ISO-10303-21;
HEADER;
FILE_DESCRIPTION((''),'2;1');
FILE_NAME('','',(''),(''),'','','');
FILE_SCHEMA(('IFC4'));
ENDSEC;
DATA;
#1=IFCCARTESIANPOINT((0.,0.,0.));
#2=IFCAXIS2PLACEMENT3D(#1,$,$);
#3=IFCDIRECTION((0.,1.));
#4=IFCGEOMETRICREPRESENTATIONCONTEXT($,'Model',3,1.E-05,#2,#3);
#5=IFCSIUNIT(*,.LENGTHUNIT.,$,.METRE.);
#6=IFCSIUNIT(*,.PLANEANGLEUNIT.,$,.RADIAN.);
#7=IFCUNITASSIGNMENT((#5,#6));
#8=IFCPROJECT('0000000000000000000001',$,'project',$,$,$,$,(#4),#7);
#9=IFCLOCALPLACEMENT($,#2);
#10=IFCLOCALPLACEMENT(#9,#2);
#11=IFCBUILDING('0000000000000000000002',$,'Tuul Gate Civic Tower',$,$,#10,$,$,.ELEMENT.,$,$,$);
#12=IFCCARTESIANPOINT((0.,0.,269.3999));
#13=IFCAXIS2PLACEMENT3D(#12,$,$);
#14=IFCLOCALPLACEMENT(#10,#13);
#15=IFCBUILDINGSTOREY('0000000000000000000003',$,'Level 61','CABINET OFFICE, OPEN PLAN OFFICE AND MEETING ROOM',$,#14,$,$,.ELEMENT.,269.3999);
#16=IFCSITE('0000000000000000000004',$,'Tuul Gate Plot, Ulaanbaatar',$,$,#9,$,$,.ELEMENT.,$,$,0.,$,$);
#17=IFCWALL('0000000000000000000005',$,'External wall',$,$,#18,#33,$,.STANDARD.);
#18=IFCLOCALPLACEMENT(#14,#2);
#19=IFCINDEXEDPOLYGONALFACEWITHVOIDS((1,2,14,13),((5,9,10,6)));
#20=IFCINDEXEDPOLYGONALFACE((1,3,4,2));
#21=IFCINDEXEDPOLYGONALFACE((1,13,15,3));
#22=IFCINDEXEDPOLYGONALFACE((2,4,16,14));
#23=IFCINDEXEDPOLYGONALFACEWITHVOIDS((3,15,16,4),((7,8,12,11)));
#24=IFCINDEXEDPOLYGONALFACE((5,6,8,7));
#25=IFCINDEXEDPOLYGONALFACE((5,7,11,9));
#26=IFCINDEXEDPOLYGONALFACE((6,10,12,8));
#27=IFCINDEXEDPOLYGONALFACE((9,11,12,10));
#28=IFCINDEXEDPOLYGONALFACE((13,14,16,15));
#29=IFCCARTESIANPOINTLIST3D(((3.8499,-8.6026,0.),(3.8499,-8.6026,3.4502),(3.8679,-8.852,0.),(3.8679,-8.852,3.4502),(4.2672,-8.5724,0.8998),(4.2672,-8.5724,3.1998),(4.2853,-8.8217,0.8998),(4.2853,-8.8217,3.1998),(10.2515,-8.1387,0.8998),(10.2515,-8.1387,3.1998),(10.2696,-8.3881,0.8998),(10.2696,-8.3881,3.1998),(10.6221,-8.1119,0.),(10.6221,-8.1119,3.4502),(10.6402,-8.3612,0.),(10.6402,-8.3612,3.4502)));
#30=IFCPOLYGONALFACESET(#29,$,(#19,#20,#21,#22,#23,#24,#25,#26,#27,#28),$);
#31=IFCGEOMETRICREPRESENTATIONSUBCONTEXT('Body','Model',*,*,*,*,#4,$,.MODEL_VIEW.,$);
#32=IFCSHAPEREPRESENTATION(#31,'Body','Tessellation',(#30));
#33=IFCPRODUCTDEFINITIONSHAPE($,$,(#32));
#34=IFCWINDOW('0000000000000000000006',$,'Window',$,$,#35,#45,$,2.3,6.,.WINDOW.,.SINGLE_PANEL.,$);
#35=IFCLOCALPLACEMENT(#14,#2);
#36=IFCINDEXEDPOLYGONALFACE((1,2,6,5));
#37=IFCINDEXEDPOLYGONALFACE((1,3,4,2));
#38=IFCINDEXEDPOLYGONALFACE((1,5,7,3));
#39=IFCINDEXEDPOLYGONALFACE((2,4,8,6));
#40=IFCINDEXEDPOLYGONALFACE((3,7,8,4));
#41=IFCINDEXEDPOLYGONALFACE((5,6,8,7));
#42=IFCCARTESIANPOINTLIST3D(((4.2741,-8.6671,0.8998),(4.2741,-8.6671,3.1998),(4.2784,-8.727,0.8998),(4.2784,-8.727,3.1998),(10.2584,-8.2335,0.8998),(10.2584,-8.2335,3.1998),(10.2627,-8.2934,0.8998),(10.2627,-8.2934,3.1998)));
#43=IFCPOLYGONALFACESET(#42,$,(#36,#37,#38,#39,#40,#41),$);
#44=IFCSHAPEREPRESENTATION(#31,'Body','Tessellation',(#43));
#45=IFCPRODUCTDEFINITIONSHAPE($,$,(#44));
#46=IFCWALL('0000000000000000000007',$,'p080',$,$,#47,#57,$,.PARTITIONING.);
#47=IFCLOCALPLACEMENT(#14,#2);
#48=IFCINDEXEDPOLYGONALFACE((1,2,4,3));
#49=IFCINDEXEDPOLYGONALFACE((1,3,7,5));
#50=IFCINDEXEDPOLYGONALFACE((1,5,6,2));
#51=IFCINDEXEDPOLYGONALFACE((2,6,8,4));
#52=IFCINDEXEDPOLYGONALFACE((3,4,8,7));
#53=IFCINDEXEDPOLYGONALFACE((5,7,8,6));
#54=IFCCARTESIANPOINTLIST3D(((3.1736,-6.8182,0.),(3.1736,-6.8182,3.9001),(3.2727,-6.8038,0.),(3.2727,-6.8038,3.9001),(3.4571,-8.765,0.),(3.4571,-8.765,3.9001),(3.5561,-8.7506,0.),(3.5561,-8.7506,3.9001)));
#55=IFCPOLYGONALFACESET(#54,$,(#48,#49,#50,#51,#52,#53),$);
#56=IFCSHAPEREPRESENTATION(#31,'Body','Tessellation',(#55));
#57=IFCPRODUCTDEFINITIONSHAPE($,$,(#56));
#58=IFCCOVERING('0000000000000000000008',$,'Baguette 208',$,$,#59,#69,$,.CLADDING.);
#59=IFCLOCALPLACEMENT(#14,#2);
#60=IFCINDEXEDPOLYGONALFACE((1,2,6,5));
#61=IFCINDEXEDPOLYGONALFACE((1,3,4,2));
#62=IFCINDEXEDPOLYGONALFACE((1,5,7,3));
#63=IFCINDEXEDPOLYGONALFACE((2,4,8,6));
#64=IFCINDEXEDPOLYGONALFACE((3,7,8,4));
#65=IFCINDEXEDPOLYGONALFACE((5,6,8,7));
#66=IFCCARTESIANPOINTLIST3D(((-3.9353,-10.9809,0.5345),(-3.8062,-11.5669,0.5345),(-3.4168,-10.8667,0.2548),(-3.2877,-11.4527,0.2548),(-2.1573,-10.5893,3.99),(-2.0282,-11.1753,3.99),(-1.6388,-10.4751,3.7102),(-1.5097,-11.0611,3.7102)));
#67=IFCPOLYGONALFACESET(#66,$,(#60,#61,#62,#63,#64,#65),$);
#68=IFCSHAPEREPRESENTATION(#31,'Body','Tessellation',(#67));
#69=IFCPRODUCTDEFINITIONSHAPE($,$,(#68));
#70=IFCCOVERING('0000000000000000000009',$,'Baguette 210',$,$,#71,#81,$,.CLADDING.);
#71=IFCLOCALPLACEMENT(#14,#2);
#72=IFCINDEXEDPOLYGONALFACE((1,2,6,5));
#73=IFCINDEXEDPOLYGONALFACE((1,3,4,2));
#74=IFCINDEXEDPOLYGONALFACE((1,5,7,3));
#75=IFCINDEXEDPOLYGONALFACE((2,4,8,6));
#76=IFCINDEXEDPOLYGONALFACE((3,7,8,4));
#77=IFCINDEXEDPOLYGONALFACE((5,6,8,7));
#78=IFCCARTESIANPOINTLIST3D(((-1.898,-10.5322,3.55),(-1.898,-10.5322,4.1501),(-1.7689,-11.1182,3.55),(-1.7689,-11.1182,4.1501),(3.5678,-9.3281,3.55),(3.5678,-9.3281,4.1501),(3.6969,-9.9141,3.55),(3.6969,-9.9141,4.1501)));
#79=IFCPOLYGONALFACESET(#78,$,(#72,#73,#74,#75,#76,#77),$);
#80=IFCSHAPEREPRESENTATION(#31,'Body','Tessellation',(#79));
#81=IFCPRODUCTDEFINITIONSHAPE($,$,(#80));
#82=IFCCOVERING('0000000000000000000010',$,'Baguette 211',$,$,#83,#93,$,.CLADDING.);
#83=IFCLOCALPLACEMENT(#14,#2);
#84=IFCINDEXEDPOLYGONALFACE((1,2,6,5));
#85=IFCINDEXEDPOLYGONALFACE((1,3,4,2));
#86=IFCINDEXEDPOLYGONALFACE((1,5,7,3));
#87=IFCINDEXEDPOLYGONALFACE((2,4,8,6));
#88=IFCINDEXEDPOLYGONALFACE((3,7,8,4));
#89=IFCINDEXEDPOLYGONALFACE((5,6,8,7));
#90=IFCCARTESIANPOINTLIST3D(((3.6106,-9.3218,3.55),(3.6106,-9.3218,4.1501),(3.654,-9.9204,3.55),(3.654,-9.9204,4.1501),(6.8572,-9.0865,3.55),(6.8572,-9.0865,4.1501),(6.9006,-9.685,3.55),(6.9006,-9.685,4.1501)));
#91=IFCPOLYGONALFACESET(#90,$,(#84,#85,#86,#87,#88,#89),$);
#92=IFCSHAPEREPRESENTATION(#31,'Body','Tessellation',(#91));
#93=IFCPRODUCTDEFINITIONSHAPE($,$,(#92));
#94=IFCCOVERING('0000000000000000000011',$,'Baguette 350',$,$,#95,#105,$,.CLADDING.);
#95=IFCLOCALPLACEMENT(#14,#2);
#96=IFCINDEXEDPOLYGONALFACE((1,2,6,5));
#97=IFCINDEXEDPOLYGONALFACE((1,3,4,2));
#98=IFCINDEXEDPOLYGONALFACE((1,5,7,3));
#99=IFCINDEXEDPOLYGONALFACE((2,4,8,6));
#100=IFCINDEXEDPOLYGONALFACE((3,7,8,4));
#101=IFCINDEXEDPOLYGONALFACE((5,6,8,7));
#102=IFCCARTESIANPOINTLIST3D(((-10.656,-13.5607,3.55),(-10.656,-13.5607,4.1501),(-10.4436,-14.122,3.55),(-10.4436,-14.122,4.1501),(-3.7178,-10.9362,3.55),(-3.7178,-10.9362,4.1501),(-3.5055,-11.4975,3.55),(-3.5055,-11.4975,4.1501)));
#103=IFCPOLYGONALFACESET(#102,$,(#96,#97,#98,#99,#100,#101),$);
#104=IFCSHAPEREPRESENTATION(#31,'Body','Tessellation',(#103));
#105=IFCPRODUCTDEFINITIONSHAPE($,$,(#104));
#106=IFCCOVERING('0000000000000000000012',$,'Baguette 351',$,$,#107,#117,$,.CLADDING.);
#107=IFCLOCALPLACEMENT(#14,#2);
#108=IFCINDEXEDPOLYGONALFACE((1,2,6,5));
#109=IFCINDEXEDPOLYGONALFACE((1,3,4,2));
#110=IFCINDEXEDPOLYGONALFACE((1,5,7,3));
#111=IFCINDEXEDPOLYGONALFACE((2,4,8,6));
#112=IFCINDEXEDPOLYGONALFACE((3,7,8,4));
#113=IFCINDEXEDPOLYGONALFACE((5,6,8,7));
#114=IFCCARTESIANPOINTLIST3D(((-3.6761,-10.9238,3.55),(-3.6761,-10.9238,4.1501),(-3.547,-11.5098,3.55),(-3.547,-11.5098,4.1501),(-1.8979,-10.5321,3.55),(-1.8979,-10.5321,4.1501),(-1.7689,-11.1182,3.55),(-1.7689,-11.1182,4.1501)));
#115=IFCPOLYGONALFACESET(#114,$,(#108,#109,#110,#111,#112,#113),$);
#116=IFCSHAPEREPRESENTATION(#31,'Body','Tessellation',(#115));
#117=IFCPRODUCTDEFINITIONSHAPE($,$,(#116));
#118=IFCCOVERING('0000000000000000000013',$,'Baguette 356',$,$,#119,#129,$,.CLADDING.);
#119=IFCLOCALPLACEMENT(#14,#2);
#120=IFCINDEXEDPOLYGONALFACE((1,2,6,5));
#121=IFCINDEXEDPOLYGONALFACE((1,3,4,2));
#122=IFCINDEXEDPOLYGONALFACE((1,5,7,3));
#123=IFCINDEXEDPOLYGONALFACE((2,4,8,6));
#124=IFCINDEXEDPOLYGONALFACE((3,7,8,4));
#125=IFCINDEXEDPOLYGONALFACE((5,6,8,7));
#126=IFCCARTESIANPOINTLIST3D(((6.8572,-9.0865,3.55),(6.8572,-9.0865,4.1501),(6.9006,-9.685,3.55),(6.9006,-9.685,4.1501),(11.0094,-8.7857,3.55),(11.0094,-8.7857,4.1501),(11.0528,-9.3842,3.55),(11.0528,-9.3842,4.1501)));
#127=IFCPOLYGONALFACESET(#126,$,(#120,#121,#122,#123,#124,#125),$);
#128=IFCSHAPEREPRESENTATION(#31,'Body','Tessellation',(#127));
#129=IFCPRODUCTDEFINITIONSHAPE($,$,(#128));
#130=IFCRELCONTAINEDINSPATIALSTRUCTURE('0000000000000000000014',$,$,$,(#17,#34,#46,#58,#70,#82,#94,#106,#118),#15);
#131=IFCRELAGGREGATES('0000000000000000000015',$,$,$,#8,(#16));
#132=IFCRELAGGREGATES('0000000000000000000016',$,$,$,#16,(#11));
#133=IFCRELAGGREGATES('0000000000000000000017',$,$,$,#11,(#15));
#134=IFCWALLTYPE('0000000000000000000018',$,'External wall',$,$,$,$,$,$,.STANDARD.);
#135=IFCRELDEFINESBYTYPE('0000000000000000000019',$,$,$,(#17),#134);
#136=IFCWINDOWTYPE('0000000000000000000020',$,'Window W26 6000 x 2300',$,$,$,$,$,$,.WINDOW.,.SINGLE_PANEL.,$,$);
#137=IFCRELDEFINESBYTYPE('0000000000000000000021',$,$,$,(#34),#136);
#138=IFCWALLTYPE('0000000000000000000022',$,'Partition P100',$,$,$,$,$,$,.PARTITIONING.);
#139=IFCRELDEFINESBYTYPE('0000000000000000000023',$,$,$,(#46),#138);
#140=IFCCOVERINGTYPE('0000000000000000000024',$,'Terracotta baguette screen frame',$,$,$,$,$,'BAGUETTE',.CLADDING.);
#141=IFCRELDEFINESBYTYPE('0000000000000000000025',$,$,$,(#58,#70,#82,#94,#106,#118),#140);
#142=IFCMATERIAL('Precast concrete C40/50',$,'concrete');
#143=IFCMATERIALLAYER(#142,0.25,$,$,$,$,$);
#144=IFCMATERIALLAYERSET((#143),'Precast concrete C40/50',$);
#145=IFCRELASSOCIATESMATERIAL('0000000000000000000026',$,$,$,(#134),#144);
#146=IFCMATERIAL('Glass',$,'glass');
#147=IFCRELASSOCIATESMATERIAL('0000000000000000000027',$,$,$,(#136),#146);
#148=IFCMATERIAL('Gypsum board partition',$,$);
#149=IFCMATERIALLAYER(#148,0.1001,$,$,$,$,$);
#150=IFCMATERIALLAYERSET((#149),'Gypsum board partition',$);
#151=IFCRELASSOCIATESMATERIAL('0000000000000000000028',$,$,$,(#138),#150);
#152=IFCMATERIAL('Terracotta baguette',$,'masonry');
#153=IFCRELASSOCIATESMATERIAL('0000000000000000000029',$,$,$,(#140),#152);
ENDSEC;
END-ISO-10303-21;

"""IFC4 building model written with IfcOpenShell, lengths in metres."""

from ifc_helpers import new_model, si_unit, direction, frame, frame_2d, origin, origin_2d, place, context, subcontext, project, spatial, rectangle, extrude, material, layer, layer_set, material_profile, profile_set, type_object, element, fill, save


model = new_model("IFC4")

# Units and contexts
model_context = context("Model", 3, precision=1e-05, world=origin(), true_north=direction((0.0, 1.0)))
body_context = subcontext(model_context, "Body", "Model", "MODEL_VIEW")
ifc_project = project(units=[si_unit("LENGTHUNIT", "METRE"), si_unit("PLANEANGLEUNIT", "RADIAN")], contexts=[model_context])

# Site, building, storey
site_placement = place(None, origin())
site = spatial("IfcSite", under=ifc_project, at=site_placement, Name="Tuul Gate Plot, Ulaanbaatar", CompositionType="ELEMENT", RefElevation=0.0)
building_placement = place(site_placement, origin())
building = spatial("IfcBuilding", under=site, at=building_placement, Name="Tuul Gate Civic Tower", CompositionType="ELEMENT")
storey_placement = place(building_placement, frame((0.0, 0.0, 269.3999)))
storey = spatial("IfcBuildingStorey", under=building, at=storey_placement, Name="Level 61", Description="CABINET OFFICE, OPEN PLAN OFFICE AND MEETING ROOM", CompositionType="ELEMENT", Elevation=269.3999)

# Wall, opening, window
ifc_material_1 = material(Name="Precast concrete C40/50", Category="concrete")
ifc_layer_1 = layer(ifc_material_1, 0.25)
ifc_layer_set_1 = layer_set([ifc_layer_1], Name="Precast concrete C40/50")
wall_type_1 = type_object("IfcWallType", Name="External wall", PredefinedType="STANDARD", material=ifc_layer_set_1)
ifc_material_2 = material(Name="Glass", Category="glass")
window_type = type_object("IfcWindowType", Name="Window W26 6000 x 2300", PartitioningType="SINGLE_PANEL", PredefinedType="WINDOW", material=ifc_material_2)
wall_1_placement = place(storey_placement, frame((3.8589, -8.7273, 0.0), z_axis=(0.0, 0.0, 1.0), x_axis=(0.997385, 0.072272, 0.0)))
wall_1 = element("IfcWall", 1, at=wall_1_placement, inside=storey, type_object=wall_type_1, Name="External wall", PredefinedType="STANDARD", context=body_context, shape_type="SweptSolid", body=[
    extrude(rectangle(XDim=6.79, YDim=0.25, at=frame_2d((3.395, 0.0))), origin(), (0.0, 0.0, 1.0), 3.4502),
])
opening_1_placement = place(wall_1_placement, frame((0.4185, 0.0, 0.8999)))
opening_1 = element("IfcOpeningElement", 2, at=opening_1_placement, cuts=wall_1, PredefinedType="OPENING", context=body_context, shape_type="SweptSolid", body=[
    extrude(rectangle(XDim=6.0, YDim=2.3, at=frame_2d((3.0, 1.1499))), frame((0.0, 0.135, 0.0), z_axis=(0.0, -1.0, 0.0), x_axis=(1.0, 0.0, 0.0)), (0.0, 0.0, 1.0), 0.27),
])
window_1_placement = place(opening_1_placement, origin())
window_1 = element("IfcWindow", 3, at=window_1_placement, inside=storey, type_object=window_type, Name="Window", OverallHeight=2.3, OverallWidth=6.0, PartitioningType="SINGLE_PANEL", PredefinedType="WINDOW", context=body_context, shape_type="SweptSolid", body=[
    extrude(rectangle(XDim=6.0, YDim=2.3, at=frame_2d((3.0, 1.1499))), frame((0.0, 0.03, 0.0), z_axis=(0.0, -1.0, 0.0), x_axis=(1.0, 0.0, 0.0)), (0.0, 0.0, 1.0), 0.0601),
])
fill(opening_1, window_1)

# Wall
ifc_material_3 = material(Name="Gypsum board partition")
ifc_layer_2 = layer(ifc_material_3, 0.1001)
ifc_layer_set_2 = layer_set([ifc_layer_2], Name="Gypsum board partition")
wall_type_2 = type_object("IfcWallType", Name="Partition P100", PredefinedType="PARTITIONING", material=ifc_layer_set_2)
wall_2_placement = place(storey_placement, frame((3.2231, -6.811, 0.0), z_axis=(0.0, 0.0, 1.0), x_axis=(0.144079, -0.989566, 0.0)))
element("IfcWall", 4, at=wall_2_placement, inside=storey, type_object=wall_type_2, Name="p080", PredefinedType="PARTITIONING", context=body_context, shape_type="SweptSolid", body=[
    extrude(rectangle(XDim=1.9673, YDim=0.1001, at=frame_2d((0.9836, 0.0))), origin(), (0.0, 0.0, 1.0), 3.9001),
])

# Coverings
ifc_material_4 = material(Name="Terracotta baguette", Category="masonry")
ifc_material_profile_1 = material_profile(ifc_material_4, rectangle(XDim=0.6001, YDim=0.6001, at=origin_2d()), Name="Terracotta baguette screen frame")
ifc_profile_set_1 = profile_set([ifc_material_profile_1], Name="Terracotta baguette")
covering_type = type_object("IfcCoveringType", Name="Terracotta baguette screen frame", ElementType="BAGUETTE", PredefinedType="CLADDING", material=ifc_profile_set_1)
covering_1_placement = place(storey_placement, frame((-1.8335, -10.8252, 3.8501), z_axis=(-0.455231, -0.10026, -0.88471), x_axis=(0.215084, -0.976595, 0.0)))
element("IfcCovering", 5, at=covering_1_placement, inside=storey, type_object=covering_type, Name="Baguette 208", PredefinedType="CLADDING", context=body_context, shape_type="SweptSolid", body=[
    extrude(rectangle(XDim=0.6001, YDim=0.6001, at=origin_2d()), origin(), (0.0, 0.0, 1.0), 3.9058),
])
covering_2_placement = place(storey_placement, frame((-1.8335, -10.8252, 3.8501), z_axis=(0.976584, 0.215138, 0.0), x_axis=(-0.215138, 0.976584, 0.0)))
element("IfcCovering", 6, at=covering_2_placement, inside=storey, type_object=covering_type, Name="Baguette 210", PredefinedType="CLADDING", context=body_context, shape_type="SweptSolid", body=[
    extrude(rectangle(XDim=0.6001, YDim=0.6001, at=origin_2d()), origin(), (0.0, 0.0, 1.0), 5.5969),
])
covering_3_placement = place(storey_placement, frame((3.6323, -9.6211, 3.8501), z_axis=(0.997383, 0.072302, 0.0), x_axis=(-0.072302, 0.997383, 0.0)))
element("IfcCovering", 7, at=covering_3_placement, inside=storey, type_object=covering_type, Name="Baguette 211", PredefinedType="CLADDING", context=body_context, shape_type="SweptSolid", body=[
    extrude(rectangle(XDim=0.6001, YDim=0.6001, at=origin_2d()), origin(), (0.0, 0.0, 1.0), 3.2551),
])
covering_4_placement = place(storey_placement, frame((-10.5498, -13.8413, 3.8501), z_axis=(0.93532, 0.353802, 0.0), x_axis=(-0.353802, 0.93532, 0.0)))
element("IfcCovering", 8, at=covering_4_placement, inside=storey, type_object=covering_type, Name="Baguette 350", PredefinedType="CLADDING", context=body_context, shape_type="SweptSolid", body=[
    extrude(rectangle(XDim=0.6001, YDim=0.6001, at=origin_2d()), origin(), (0.0, 0.0, 1.0), 7.418),
])
covering_5_placement = place(storey_placement, frame((-3.6116, -11.2168, 3.8501), z_axis=(0.976595, 0.215084, 0.0), x_axis=(-0.215084, 0.976595, 0.0)))
element("IfcCovering", 9, at=covering_5_placement, inside=storey, type_object=covering_type, Name="Baguette 351", PredefinedType="CLADDING", context=body_context, shape_type="SweptSolid", body=[
    extrude(rectangle(XDim=0.6001, YDim=0.6001, at=origin_2d()), origin(), (0.0, 0.0, 1.0), 1.8208),
])
covering_6_placement = place(storey_placement, frame((6.8789, -9.3857, 3.8501), z_axis=(0.997386, 0.072251, 0.0), x_axis=(-0.072251, 0.997386, 0.0)))
element("IfcCovering", 10, at=covering_6_placement, inside=storey, type_object=covering_type, Name="Baguette 356", PredefinedType="CLADDING", context=body_context, shape_type="SweptSolid", body=[
    extrude(rectangle(XDim=0.6001, YDim=0.6001, at=origin_2d()), origin(), (0.0, 0.0, 1.0), 4.1631),
])

save(model, "model.ifc")
